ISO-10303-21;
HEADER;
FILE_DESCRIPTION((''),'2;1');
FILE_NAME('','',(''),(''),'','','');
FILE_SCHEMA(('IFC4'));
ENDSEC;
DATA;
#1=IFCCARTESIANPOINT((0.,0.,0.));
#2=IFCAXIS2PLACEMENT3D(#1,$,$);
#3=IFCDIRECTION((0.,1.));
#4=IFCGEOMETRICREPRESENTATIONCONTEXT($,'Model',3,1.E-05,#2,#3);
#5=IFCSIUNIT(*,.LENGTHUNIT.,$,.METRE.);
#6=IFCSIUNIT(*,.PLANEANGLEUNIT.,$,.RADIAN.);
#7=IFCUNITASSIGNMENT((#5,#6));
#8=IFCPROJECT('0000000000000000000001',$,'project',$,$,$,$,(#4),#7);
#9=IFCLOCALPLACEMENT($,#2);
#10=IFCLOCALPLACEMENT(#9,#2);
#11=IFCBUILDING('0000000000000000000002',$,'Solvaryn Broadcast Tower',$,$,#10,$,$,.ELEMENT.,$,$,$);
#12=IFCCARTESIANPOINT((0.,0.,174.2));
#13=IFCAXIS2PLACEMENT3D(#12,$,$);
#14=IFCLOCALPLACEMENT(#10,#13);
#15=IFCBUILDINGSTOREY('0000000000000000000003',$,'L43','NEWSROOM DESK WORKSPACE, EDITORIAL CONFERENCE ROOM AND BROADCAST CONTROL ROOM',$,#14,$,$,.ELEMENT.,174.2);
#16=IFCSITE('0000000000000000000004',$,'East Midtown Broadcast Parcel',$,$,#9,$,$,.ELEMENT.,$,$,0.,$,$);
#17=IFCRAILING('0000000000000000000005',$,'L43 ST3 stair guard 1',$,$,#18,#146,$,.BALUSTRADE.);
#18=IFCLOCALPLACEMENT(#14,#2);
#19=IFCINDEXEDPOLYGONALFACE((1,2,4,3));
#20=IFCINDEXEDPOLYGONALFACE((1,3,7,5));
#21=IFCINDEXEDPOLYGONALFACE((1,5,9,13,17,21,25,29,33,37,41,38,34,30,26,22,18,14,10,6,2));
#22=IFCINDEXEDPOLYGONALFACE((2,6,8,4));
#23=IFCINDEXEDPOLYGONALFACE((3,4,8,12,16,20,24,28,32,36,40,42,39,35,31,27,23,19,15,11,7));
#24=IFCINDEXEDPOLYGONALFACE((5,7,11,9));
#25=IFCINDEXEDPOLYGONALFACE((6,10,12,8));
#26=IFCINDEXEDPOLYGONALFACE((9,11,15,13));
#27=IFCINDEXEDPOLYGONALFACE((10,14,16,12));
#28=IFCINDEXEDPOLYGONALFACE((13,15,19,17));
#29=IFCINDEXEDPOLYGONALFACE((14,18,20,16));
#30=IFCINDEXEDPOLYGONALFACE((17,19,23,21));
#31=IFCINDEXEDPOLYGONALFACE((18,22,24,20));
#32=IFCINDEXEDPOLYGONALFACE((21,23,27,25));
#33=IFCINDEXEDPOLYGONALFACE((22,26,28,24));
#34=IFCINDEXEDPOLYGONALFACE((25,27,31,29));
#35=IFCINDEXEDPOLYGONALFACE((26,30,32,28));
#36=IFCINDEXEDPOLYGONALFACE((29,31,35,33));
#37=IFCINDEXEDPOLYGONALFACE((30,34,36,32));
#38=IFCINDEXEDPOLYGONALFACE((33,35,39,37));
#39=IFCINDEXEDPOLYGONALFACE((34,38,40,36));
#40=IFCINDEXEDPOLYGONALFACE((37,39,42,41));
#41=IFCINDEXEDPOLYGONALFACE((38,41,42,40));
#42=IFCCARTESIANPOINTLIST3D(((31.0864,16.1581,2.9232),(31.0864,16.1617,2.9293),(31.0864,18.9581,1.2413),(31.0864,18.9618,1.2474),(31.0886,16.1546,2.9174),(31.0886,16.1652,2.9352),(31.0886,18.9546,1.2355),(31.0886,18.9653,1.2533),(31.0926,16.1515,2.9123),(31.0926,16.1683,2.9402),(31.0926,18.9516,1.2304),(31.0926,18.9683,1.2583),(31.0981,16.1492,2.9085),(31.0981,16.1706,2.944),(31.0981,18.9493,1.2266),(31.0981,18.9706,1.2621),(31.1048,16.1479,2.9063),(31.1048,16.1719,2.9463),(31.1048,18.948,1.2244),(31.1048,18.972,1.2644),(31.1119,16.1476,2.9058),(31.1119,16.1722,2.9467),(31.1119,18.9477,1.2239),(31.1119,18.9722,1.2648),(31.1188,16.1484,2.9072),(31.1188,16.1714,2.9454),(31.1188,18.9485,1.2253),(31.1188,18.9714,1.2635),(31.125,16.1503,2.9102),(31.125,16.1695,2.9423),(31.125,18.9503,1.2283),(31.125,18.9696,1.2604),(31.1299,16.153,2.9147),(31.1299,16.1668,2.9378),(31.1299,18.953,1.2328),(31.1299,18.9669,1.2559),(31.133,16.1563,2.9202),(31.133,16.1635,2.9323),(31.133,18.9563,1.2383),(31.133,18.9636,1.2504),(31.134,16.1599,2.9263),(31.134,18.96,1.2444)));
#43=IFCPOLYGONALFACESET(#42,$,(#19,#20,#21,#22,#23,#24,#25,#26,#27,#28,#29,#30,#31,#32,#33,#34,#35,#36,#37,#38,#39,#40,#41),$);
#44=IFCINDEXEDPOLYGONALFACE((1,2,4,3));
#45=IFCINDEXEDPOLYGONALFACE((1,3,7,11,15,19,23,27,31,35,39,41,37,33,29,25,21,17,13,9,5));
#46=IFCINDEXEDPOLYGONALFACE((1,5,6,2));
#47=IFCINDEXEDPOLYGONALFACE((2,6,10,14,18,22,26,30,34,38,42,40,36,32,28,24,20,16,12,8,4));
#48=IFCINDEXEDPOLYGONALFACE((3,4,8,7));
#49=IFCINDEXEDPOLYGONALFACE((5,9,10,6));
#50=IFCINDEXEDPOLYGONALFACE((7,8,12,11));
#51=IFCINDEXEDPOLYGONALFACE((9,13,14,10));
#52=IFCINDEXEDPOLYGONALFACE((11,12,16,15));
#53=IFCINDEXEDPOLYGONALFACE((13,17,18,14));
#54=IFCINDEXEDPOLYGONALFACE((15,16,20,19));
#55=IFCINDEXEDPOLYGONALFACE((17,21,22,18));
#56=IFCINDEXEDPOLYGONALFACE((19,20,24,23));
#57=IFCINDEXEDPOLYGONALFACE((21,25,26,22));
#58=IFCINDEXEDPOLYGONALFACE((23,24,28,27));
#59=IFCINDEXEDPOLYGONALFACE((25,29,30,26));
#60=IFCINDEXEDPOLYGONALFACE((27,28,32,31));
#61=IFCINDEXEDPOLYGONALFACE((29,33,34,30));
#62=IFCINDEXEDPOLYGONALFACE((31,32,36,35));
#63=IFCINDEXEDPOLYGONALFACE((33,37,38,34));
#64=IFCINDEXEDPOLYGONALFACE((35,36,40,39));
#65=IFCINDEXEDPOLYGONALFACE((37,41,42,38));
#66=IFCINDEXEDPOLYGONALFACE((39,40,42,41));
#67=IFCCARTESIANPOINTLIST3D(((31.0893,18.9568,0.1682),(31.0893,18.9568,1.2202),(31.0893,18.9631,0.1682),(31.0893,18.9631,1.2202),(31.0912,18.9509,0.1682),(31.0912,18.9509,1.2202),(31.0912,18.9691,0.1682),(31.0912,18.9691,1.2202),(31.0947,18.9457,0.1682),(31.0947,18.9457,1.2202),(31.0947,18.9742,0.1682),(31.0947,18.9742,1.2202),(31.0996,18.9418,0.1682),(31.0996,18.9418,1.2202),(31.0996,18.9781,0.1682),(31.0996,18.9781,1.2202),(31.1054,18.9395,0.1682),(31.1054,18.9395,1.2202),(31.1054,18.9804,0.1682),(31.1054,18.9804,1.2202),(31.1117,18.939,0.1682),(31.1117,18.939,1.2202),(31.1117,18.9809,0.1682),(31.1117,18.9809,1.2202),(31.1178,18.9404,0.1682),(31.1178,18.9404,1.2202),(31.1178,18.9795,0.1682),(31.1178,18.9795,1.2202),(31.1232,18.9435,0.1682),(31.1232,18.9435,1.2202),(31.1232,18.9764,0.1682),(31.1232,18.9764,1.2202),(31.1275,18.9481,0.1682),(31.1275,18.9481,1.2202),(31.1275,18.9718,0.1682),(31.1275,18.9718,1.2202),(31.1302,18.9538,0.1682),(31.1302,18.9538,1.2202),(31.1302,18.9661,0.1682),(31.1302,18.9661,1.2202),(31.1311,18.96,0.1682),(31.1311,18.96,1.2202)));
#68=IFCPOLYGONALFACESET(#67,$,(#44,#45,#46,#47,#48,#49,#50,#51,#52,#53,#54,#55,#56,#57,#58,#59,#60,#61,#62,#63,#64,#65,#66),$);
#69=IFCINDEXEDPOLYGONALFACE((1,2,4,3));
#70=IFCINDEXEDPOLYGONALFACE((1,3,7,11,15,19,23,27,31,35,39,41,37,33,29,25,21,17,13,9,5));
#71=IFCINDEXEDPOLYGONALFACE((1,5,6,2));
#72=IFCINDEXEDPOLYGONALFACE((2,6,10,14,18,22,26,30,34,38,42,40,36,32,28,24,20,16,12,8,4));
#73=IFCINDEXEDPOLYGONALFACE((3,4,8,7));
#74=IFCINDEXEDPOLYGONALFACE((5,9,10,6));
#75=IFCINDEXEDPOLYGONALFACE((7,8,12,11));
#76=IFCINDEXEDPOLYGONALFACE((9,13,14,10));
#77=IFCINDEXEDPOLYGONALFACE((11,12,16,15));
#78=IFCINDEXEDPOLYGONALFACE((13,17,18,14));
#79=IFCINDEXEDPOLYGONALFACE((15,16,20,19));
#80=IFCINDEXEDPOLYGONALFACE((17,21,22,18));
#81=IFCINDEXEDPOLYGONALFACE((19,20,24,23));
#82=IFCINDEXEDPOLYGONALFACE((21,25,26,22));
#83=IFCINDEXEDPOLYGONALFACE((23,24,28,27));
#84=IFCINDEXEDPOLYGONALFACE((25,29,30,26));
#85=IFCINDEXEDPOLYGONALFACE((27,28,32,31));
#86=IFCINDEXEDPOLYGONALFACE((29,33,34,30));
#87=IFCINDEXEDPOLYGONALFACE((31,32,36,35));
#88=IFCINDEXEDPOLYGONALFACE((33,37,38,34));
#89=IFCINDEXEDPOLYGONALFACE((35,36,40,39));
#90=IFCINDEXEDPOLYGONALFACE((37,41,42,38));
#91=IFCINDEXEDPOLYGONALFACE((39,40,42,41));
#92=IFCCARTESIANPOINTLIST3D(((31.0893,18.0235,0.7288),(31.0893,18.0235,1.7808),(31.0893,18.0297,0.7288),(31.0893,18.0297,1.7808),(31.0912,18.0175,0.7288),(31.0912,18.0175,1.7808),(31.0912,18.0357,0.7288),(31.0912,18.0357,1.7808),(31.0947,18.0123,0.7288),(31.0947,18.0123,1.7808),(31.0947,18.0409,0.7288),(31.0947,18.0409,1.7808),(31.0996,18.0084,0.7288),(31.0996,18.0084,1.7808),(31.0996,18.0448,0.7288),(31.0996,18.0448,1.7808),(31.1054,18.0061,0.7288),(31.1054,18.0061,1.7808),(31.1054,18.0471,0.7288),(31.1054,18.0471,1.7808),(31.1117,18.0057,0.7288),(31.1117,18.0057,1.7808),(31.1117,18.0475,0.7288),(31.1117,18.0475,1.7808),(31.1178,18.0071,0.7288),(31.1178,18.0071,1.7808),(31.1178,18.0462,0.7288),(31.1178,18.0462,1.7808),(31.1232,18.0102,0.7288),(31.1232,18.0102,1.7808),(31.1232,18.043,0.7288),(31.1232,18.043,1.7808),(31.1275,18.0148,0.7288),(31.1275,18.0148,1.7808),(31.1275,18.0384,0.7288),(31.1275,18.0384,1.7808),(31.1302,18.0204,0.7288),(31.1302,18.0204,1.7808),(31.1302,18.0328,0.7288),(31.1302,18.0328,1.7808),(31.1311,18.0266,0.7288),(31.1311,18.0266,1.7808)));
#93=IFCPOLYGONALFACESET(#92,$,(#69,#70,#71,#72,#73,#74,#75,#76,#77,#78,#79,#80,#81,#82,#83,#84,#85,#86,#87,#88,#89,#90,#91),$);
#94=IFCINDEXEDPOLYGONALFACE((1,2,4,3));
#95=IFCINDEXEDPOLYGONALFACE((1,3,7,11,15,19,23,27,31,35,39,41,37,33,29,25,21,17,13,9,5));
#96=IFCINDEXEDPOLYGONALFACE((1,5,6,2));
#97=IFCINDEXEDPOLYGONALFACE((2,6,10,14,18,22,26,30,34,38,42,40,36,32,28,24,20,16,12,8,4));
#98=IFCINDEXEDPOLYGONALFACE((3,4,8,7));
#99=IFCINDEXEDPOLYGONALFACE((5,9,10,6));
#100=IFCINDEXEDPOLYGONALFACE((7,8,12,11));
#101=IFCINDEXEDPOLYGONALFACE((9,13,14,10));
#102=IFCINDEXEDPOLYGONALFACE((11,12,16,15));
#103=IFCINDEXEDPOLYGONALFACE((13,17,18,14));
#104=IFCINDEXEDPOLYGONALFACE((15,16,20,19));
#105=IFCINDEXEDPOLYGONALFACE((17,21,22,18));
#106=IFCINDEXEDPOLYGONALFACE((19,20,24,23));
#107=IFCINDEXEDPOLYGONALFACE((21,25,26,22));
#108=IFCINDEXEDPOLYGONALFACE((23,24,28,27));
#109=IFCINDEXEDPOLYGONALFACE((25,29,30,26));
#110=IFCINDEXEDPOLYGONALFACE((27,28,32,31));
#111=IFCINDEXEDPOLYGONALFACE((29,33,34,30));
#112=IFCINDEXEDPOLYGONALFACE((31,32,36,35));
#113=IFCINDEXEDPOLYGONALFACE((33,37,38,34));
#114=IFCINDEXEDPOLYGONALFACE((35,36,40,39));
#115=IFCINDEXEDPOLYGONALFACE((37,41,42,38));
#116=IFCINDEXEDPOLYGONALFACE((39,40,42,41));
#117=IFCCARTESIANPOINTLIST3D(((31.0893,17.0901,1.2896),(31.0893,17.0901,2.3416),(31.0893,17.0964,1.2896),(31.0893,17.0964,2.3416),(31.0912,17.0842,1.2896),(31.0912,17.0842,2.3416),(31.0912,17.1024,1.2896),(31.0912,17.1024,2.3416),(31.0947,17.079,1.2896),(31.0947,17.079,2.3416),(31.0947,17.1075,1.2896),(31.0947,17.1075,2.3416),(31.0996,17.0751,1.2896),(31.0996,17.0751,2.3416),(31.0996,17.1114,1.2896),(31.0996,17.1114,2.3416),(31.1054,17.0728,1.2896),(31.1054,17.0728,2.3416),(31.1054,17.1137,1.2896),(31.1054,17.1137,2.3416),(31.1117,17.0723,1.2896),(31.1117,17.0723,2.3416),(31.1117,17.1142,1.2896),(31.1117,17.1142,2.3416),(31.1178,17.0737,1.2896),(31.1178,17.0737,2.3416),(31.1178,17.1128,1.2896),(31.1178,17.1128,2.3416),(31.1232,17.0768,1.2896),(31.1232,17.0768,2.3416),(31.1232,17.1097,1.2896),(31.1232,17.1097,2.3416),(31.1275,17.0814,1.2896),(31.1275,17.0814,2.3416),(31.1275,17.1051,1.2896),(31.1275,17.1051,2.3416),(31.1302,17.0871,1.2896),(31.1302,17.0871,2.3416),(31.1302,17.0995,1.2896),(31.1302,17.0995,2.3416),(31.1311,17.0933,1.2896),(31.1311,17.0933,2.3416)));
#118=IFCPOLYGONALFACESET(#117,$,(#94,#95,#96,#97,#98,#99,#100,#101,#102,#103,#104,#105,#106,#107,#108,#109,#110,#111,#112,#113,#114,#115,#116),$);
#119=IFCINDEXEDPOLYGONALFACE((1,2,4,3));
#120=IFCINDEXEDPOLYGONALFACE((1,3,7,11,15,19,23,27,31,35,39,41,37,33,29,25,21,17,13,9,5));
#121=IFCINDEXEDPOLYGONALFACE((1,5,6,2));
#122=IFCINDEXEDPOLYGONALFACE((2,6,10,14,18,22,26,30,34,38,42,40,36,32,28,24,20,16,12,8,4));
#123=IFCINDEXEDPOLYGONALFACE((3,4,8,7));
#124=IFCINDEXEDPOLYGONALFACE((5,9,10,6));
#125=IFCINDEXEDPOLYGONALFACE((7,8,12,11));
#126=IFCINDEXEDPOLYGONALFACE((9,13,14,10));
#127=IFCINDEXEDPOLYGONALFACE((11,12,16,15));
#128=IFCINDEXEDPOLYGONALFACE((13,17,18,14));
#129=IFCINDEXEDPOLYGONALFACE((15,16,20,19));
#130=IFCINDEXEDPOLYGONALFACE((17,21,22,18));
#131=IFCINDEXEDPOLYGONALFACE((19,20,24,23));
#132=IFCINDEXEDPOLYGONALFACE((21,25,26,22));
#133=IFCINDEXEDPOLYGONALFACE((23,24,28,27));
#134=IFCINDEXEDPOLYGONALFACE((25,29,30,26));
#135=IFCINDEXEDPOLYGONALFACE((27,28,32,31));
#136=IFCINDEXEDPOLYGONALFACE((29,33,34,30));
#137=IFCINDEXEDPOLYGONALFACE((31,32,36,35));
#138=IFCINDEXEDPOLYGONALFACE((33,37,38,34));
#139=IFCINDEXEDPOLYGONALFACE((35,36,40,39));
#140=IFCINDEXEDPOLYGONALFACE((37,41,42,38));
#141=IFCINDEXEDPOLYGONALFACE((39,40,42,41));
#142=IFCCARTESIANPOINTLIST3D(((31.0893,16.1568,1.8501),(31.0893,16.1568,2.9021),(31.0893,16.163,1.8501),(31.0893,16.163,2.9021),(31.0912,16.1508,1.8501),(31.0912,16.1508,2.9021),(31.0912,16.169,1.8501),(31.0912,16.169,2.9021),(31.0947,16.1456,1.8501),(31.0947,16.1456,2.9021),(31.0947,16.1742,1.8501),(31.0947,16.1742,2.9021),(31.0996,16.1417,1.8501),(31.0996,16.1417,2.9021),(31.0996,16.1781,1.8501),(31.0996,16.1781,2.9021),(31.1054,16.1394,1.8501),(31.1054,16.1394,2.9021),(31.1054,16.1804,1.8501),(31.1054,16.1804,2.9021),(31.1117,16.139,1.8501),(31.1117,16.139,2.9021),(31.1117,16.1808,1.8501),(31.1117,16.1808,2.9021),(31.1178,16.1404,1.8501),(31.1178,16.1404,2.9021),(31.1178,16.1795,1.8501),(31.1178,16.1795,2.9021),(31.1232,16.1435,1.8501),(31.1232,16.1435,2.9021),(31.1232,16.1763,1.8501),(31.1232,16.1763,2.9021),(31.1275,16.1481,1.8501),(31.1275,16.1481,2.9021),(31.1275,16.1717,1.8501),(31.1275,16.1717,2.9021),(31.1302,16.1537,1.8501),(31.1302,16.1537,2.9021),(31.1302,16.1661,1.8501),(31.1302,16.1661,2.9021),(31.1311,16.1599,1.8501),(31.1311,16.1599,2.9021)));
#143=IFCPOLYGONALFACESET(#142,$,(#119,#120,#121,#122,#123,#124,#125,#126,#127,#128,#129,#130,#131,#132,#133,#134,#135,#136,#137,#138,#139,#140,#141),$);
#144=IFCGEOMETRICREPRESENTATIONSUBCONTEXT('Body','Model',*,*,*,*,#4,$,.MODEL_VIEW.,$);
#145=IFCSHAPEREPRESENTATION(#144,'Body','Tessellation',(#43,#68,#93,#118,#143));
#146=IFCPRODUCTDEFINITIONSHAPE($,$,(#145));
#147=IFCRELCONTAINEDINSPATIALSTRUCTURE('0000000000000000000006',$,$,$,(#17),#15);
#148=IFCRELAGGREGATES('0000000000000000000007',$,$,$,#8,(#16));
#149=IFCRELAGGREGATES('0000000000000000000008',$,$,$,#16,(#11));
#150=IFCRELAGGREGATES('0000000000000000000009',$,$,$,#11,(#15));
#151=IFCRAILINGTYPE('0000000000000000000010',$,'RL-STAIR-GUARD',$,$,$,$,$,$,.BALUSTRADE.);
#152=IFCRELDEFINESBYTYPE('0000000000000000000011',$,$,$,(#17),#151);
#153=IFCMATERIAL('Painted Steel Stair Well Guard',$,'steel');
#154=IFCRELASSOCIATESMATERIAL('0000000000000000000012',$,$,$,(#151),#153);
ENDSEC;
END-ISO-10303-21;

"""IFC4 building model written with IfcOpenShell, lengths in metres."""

from ifc_helpers import new_model, si_unit, direction, frame, origin, origin_2d, place, context, subcontext, project, spatial, circle, extrude, material, type_object, element, save


model = new_model("IFC4")

# Units and contexts
model_context = context("Model", 3, precision=1e-05, world=origin(), true_north=direction((0.0, 1.0)))
body_context = subcontext(model_context, "Body", "Model", "MODEL_VIEW")
ifc_project = project(units=[si_unit("LENGTHUNIT", "METRE"), si_unit("PLANEANGLEUNIT", "RADIAN")], contexts=[model_context])

# Site, building, storey
site_placement = place(None, origin())
site = spatial("IfcSite", under=ifc_project, at=site_placement, Name="East Midtown Broadcast Parcel", CompositionType="ELEMENT", RefElevation=0.0)
building_placement = place(site_placement, origin())
building = spatial("IfcBuilding", under=site, at=building_placement, Name="Solvaryn Broadcast Tower", CompositionType="ELEMENT")
storey_placement = place(building_placement, frame((0.0, 0.0, 174.2)))
storey = spatial("IfcBuildingStorey", under=building, at=storey_placement, Name="L43", Description="NEWSROOM DESK WORKSPACE, EDITORIAL CONFERENCE ROOM AND BROADCAST CONTROL ROOM", CompositionType="ELEMENT", Elevation=174.2)

# Railing
ifc_material_1 = material(Name="Painted Steel Stair Well Guard", Category="steel")
railing_type_1 = type_object("IfcRailingType", Name="RL-STAIR-GUARD", PredefinedType="BALUSTRADE", material=ifc_material_1)
railing_1_placement = place(storey_placement, frame((31.1101, 18.96, 0.1682)))
element("IfcRailing", 1, at=railing_1_placement, inside=storey, type_object=railing_type_1, Name="L43 ST3 stair guard 1", PredefinedType="BALUSTRADE", context=body_context, shape_type="SweptSolid", body=[
    extrude(circle(Radius=0.0239, at=origin_2d()), frame((0.0, 0.0, 1.0762), z_axis=(0.0, -0.857242, 0.514913), x_axis=(1.0, 0.0, 0.0)), (0.0, 0.0, 1.0), 3.2664),
    extrude(circle(Radius=0.021, at=origin_2d()), origin(), (0.0, 0.0, 1.0), 1.052),
    extrude(circle(Radius=0.021, at=origin_2d()), frame((0.0, -0.9333, 0.5605)), (0.0, 0.0, 1.0), 1.052),
    extrude(circle(Radius=0.021, at=origin_2d()), frame((0.0, -1.8667, 1.1213)), (0.0, 0.0, 1.0), 1.052),
    extrude(circle(Radius=0.021, at=origin_2d()), frame((0.0, -2.8, 1.6819)), (0.0, 0.0, 1.0), 1.052),
])

save(model, "model.ifc")
